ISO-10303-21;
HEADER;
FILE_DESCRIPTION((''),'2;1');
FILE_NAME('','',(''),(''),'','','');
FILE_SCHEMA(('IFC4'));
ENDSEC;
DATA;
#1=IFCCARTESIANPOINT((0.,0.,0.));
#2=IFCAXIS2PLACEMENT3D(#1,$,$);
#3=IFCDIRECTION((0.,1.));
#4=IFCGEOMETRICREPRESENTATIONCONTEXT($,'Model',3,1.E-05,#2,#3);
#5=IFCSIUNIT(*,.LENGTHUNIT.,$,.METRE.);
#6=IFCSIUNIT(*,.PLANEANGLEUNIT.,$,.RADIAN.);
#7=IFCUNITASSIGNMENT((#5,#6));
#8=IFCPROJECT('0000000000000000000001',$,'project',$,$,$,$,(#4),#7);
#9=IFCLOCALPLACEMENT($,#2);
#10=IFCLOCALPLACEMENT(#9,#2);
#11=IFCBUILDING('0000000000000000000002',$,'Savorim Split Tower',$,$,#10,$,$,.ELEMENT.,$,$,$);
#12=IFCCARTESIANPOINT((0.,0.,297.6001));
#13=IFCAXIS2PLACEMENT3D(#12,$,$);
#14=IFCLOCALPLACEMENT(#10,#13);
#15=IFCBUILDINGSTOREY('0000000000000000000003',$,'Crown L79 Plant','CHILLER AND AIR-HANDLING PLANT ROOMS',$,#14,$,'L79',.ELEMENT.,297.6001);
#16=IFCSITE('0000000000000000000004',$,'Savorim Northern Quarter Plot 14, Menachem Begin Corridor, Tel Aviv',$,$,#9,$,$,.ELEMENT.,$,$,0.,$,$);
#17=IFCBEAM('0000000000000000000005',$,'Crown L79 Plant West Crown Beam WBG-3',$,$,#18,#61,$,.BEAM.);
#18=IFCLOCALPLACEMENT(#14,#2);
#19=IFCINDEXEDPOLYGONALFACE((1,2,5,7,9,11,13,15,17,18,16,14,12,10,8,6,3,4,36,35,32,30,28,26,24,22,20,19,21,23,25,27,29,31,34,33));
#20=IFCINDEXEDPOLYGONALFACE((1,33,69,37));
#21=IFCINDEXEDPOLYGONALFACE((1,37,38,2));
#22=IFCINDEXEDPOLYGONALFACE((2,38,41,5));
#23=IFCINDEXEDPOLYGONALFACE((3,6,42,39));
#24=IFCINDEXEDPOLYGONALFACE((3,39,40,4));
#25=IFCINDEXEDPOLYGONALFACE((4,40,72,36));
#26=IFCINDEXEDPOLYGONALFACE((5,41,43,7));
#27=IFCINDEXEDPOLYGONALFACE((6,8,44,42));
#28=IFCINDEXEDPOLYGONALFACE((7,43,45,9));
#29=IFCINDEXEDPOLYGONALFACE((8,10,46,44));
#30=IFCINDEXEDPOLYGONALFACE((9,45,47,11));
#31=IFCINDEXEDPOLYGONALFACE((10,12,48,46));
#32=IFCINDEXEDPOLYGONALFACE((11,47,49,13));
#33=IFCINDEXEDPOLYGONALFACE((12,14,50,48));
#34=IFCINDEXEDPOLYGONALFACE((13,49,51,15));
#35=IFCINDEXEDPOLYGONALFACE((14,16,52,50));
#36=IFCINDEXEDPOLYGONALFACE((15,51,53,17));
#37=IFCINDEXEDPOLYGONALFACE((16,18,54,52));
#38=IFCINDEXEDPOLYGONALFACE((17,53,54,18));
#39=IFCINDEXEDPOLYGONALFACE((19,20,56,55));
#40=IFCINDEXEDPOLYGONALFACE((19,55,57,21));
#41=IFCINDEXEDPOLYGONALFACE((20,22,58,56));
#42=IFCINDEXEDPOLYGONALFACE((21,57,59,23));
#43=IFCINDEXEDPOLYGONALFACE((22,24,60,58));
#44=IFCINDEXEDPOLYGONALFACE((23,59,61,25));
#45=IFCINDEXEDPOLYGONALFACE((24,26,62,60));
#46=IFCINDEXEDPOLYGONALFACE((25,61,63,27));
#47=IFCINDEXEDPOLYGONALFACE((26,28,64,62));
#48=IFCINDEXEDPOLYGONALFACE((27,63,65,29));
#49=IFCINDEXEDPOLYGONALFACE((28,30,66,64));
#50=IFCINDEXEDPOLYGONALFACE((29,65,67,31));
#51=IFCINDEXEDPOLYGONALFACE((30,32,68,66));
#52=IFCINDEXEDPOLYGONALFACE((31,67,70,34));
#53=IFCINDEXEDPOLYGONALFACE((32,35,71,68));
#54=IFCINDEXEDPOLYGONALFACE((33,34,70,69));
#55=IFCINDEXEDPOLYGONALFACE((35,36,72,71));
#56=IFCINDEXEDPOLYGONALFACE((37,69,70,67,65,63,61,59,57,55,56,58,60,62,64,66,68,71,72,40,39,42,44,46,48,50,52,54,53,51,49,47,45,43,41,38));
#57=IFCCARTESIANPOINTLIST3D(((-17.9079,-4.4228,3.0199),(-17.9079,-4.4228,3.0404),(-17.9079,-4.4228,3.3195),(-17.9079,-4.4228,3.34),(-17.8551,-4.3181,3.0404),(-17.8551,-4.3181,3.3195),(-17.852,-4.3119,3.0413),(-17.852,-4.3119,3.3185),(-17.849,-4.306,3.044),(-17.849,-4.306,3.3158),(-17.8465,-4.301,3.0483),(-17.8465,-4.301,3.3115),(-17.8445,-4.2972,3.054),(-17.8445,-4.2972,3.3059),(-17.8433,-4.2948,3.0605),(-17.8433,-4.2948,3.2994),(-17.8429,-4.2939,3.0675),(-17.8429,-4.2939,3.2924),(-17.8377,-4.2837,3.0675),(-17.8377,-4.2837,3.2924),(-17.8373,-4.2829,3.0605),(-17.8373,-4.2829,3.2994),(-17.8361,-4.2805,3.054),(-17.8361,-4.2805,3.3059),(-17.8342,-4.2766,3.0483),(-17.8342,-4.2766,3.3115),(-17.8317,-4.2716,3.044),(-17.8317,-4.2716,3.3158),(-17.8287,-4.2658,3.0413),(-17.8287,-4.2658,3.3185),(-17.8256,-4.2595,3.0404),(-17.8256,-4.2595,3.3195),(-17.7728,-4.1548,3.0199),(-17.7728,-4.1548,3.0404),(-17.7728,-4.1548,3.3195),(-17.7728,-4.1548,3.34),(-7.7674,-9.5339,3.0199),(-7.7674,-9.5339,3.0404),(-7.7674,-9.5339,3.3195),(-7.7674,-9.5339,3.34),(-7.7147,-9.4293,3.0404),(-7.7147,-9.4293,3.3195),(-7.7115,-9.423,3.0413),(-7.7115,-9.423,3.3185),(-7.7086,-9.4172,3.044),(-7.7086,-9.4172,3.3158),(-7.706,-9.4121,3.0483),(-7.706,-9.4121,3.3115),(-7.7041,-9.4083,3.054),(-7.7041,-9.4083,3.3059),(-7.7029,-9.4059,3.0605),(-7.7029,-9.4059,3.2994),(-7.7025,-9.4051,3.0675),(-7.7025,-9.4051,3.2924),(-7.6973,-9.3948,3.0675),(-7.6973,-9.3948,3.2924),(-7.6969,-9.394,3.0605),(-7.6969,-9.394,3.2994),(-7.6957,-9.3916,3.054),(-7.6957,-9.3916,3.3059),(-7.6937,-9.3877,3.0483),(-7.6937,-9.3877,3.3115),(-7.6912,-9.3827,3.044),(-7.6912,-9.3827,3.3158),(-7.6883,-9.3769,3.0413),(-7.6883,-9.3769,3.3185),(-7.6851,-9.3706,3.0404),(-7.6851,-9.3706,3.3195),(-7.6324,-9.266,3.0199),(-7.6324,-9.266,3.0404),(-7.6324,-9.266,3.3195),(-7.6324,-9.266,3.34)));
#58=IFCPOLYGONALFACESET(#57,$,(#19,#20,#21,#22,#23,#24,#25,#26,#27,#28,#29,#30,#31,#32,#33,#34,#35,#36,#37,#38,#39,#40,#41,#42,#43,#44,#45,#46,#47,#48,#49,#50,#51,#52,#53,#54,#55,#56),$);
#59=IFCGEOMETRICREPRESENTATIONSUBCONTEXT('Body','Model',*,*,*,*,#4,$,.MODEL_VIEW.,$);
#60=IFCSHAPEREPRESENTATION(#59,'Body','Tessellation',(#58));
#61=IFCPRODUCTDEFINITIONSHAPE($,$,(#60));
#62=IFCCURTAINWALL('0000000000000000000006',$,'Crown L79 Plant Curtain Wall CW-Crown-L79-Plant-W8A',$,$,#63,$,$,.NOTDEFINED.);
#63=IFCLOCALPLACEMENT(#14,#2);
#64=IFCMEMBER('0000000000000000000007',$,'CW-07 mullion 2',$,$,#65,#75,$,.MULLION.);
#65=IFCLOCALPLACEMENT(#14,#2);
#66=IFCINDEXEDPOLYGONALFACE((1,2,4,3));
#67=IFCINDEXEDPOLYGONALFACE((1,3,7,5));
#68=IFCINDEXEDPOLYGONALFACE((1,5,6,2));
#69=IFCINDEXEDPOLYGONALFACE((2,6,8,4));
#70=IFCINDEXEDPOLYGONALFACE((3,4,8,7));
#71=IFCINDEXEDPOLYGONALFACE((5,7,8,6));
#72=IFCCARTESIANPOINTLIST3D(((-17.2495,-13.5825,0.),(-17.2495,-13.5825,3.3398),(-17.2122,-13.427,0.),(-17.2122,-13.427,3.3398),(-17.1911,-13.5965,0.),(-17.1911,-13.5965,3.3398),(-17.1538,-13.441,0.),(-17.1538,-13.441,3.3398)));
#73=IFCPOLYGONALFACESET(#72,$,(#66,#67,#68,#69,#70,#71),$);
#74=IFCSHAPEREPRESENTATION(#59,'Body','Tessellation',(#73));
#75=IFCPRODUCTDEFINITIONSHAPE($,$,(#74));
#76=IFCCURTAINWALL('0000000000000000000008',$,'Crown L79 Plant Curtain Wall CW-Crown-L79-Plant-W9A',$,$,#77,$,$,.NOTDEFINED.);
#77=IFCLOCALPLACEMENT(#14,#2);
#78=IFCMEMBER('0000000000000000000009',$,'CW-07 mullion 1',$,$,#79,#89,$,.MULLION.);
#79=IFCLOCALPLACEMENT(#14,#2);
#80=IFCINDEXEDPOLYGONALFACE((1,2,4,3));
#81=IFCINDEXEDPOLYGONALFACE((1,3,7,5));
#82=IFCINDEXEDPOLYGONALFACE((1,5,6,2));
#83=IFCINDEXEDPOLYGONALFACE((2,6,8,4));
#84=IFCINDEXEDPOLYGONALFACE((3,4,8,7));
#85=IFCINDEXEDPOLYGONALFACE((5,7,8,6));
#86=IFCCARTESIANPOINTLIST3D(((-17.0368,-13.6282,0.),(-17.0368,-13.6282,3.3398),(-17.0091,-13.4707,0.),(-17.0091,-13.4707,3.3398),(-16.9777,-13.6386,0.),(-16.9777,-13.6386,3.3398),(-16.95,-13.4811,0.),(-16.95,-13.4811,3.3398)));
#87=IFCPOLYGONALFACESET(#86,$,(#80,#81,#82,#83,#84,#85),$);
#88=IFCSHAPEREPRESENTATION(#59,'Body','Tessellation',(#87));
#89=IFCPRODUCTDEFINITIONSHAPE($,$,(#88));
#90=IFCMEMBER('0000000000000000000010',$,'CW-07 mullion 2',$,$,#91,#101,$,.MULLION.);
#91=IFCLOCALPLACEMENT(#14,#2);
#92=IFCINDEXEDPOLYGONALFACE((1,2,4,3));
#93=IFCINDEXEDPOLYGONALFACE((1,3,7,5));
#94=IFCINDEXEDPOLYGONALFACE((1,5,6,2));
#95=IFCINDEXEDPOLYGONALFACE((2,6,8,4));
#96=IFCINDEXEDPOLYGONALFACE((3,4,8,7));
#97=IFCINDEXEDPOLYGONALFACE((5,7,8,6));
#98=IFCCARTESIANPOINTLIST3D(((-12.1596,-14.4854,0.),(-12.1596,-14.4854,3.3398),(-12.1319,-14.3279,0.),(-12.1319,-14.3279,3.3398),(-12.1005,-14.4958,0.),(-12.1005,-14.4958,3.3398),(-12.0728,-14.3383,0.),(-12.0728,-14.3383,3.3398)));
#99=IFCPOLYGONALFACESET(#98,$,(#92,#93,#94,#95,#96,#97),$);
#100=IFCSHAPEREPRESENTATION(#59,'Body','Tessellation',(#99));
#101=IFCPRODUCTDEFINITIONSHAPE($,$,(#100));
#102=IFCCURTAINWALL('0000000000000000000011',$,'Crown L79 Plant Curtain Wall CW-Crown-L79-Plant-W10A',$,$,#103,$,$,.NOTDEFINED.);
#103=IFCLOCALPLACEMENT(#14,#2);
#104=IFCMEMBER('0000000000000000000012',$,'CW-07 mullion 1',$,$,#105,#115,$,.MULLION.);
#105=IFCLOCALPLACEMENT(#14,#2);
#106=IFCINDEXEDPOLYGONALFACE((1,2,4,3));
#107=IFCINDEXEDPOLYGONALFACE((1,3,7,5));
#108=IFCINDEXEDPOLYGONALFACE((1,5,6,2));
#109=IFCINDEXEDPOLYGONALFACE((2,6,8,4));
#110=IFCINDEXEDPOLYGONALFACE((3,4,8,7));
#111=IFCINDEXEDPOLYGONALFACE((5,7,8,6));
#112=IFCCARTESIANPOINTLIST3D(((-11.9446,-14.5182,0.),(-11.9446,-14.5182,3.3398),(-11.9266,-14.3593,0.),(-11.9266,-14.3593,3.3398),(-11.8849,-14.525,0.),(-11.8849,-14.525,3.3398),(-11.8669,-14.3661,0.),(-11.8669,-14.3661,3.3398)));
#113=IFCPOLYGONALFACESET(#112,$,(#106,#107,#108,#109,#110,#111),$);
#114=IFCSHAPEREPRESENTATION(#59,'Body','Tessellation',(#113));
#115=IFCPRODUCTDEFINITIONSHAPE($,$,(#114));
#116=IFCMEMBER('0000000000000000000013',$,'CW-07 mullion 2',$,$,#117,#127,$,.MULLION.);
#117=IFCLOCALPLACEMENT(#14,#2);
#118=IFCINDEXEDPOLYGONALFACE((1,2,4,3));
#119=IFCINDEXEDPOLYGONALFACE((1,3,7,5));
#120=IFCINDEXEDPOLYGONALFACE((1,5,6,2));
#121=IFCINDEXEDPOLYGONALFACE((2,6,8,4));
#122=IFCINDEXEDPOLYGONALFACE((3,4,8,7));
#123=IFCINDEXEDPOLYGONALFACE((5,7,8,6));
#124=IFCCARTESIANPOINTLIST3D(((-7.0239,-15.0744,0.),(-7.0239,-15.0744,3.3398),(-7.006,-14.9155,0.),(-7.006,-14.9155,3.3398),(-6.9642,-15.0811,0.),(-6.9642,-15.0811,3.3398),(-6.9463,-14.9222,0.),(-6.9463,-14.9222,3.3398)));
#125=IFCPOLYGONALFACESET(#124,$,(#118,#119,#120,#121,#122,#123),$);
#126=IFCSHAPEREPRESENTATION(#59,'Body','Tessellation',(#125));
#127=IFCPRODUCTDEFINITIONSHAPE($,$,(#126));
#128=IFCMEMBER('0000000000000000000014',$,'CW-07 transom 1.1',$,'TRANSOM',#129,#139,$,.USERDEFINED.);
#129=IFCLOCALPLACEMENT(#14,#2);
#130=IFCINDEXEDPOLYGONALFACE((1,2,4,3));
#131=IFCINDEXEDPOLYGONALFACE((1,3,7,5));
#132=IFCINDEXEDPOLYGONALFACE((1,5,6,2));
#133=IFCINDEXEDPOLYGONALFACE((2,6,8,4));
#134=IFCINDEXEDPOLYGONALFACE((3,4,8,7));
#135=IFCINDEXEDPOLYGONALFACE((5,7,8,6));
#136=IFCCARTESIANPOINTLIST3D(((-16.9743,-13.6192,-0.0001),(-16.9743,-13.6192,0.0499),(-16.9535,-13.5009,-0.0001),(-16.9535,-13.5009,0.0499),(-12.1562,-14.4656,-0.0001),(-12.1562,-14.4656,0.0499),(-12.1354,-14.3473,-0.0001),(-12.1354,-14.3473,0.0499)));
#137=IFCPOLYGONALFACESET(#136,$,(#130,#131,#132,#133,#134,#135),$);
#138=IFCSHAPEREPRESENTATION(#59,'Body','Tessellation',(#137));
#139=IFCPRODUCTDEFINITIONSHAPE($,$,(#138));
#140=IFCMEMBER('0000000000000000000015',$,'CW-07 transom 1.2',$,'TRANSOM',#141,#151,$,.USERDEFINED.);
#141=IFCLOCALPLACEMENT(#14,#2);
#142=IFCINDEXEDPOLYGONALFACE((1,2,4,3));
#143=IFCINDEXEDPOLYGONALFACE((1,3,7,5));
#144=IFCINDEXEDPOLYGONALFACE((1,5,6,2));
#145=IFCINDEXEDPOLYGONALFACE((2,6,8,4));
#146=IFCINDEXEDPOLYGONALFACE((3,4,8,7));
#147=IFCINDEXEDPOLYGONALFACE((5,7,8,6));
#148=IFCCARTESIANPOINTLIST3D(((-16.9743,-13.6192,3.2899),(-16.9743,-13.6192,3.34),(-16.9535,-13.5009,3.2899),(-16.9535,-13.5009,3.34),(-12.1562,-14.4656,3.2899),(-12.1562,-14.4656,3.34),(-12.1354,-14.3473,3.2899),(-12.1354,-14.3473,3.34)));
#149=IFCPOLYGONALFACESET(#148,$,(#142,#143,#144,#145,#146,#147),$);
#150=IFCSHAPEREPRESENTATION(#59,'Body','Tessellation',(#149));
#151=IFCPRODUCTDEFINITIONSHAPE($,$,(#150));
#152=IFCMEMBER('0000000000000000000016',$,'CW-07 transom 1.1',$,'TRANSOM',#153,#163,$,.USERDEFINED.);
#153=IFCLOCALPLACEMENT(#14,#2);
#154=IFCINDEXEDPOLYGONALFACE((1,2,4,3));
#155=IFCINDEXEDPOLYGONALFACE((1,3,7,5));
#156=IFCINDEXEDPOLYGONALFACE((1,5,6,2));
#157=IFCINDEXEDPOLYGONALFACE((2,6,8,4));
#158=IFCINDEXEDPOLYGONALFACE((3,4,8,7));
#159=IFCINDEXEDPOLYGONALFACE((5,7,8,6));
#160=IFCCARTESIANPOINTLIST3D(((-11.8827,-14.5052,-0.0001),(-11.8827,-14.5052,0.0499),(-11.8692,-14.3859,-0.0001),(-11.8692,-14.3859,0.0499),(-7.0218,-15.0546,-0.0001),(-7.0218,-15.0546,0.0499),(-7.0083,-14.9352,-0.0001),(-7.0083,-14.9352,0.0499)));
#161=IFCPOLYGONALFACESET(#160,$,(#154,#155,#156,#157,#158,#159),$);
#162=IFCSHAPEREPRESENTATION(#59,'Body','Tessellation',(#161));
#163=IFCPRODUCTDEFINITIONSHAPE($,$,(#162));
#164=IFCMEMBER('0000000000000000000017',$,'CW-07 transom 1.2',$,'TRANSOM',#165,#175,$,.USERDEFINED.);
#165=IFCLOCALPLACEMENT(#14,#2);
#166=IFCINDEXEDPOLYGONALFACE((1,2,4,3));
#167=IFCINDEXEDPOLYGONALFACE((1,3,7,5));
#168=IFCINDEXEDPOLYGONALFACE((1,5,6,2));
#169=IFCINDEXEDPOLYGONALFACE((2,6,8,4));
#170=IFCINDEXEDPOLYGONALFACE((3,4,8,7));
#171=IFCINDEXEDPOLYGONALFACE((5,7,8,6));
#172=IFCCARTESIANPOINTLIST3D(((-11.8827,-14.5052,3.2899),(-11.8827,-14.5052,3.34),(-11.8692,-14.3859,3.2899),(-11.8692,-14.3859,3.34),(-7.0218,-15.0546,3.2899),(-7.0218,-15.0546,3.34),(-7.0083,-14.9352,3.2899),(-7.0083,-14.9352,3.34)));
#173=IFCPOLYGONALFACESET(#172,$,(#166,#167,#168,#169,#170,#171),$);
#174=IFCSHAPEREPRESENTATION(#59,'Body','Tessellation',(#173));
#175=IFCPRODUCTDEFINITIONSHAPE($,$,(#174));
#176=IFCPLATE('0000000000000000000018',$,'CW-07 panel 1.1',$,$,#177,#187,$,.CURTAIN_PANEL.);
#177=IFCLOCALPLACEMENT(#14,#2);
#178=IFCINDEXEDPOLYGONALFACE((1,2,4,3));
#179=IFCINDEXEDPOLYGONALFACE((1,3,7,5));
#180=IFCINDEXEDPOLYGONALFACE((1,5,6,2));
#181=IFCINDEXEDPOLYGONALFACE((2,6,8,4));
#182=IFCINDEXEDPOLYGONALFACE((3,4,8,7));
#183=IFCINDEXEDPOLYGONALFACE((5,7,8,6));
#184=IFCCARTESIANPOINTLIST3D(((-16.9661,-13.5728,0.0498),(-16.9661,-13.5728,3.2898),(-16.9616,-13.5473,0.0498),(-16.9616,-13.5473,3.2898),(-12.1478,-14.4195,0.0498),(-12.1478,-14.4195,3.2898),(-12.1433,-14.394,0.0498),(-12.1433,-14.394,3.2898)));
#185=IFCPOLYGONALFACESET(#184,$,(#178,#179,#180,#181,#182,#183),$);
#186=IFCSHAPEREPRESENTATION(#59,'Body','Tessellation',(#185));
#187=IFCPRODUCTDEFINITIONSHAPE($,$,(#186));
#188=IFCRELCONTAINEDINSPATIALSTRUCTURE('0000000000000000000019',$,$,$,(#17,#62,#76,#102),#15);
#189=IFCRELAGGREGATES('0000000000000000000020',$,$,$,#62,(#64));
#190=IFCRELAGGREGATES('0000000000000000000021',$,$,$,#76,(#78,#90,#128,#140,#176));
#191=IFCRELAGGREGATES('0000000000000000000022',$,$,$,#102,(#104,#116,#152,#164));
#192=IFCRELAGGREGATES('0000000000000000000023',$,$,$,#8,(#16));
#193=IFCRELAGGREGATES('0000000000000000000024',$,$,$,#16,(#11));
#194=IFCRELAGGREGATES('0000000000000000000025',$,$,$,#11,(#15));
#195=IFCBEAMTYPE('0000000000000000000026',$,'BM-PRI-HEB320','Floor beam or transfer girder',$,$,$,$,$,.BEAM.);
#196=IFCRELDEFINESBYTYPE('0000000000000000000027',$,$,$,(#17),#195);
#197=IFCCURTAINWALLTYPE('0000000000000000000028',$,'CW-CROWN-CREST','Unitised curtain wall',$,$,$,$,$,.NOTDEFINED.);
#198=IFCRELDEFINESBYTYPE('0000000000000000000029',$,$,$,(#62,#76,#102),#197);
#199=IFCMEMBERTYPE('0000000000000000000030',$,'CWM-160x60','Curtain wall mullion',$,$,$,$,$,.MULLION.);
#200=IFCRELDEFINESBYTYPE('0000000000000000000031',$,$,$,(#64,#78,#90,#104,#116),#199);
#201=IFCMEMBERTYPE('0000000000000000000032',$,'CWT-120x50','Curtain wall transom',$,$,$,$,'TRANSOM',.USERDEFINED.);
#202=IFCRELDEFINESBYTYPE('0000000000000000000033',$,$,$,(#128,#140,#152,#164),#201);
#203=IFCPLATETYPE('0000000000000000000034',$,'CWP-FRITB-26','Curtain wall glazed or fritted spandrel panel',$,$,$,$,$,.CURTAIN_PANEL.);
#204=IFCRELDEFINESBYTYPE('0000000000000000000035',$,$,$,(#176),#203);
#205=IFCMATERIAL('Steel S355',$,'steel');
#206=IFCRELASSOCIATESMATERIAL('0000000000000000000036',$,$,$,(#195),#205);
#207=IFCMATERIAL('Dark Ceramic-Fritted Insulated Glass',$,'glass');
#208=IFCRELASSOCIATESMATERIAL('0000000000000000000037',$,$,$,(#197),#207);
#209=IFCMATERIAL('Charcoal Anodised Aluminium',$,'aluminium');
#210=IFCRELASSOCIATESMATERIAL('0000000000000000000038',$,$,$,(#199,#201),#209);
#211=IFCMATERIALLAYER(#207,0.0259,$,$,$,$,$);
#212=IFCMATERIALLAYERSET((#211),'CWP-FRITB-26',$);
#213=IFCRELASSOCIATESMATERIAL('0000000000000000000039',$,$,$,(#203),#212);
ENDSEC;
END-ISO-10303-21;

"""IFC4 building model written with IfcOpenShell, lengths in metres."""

from ifc_helpers import new_model, si_unit, direction, frame, origin, origin_2d, place, context, subcontext, project, spatial, rectangle, i_section, extrude, material, layer, layer_set, material_profile, profile_set, type_object, element, aggregate, save


model = new_model("IFC4")

# Units and contexts
model_context = context("Model", 3, precision=1e-05, world=origin(), true_north=direction((0.0, 1.0)))
body_context = subcontext(model_context, "Body", "Model", "MODEL_VIEW")
ifc_project = project(units=[si_unit("LENGTHUNIT", "METRE"), si_unit("PLANEANGLEUNIT", "RADIAN")], contexts=[model_context])

# Site, building, storey
site_placement = place(None, origin())
site = spatial("IfcSite", under=ifc_project, at=site_placement, Name="Savorim Northern Quarter Plot 14, Menachem Begin Corridor, Tel Aviv", CompositionType="ELEMENT", RefElevation=0.0)
building_placement = place(site_placement, origin())
building = spatial("IfcBuilding", under=site, at=building_placement, Name="Savorim Split Tower", CompositionType="ELEMENT")
storey_placement = place(building_placement, frame((0.0, 0.0, 297.6001)))
storey = spatial("IfcBuildingStorey", under=building, at=storey_placement, Name="Crown L79 Plant", Description="CHILLER AND AIR-HANDLING PLANT ROOMS", LongName="L79", CompositionType="ELEMENT", Elevation=297.6001)

# Shared definitions
ifc_material_1 = material(Name="Steel S355", Category="steel")

# Beam
ifc_material_profile_1 = material_profile(ifc_material_1, i_section(OverallWidth=0.3, OverallDepth=0.3201, WebThickness=0.0115, FlangeThickness=0.0205, FilletRadius=0.0271, at=origin_2d()), Name="HEB 320")
ifc_profile_set_1 = profile_set([ifc_material_profile_1], Name="Steel S355")
beam_type = type_object("IfcBeamType", Name="BM-PRI-HEB320", Description="Floor beam or transfer girder", PredefinedType="BEAM", material=ifc_profile_set_1)
beam_1_placement = place(storey_placement, frame((-17.8403, -4.2888, 3.1799), z_axis=(0.892982, -0.450092, 0.0), x_axis=(0.450092, 0.892982, 0.0)))
element("IfcBeam", 1, at=beam_1_placement, inside=storey, type_object=beam_type, Name="Crown L79 Plant West Crown Beam WBG-3", PredefinedType="BEAM", context=body_context, shape_type="SweptSolid", body=[
    extrude(i_section(OverallWidth=0.3, OverallDepth=0.3201, WebThickness=0.0115, FlangeThickness=0.0205, FilletRadius=0.0271, at=origin_2d()), origin(), (0.0, 0.0, 1.0), 11.3557),
])

# Curtain wall, member
ifc_material_2 = material(Name="Dark Ceramic-Fritted Insulated Glass", Category="glass")
curtain_wall_type = type_object("IfcCurtainWallType", Name="CW-CROWN-CREST", Description="Unitised curtain wall", PredefinedType="NOTDEFINED", material=ifc_material_2)
curtain_wall_1_placement = place(storey_placement, origin())
curtain_wall_1 = element("IfcCurtainWall", 2, at=curtain_wall_1_placement, inside=storey, type_object=curtain_wall_type, Name="Crown L79 Plant Curtain Wall CW-Crown-L79-Plant-W8A", PredefinedType="NOTDEFINED")
ifc_material_3 = material(Name="Charcoal Anodised Aluminium", Category="aluminium")
ifc_material_profile_2 = material_profile(ifc_material_3, rectangle(XDim=0.1599, YDim=0.0601, at=origin_2d()), Name="ALU-M 160x60")
ifc_profile_set_2 = profile_set([ifc_material_profile_2], Name="Charcoal Anodised Aluminium")
member_type_1 = type_object("IfcMemberType", Name="CWM-160x60", Description="Curtain wall mullion", PredefinedType="MULLION", material=ifc_profile_set_2)
member_1_placement = place(storey_placement, frame((-17.2017, -13.5117, 0.0), z_axis=(0.0, 0.0, 1.0), x_axis=(0.233159, 0.972439, 0.0)))
member_1 = element("IfcMember", 3, at=member_1_placement, type_object=member_type_1, Name="CW-07 mullion 2", PredefinedType="MULLION", context=body_context, shape_type="SweptSolid", body=[
    extrude(rectangle(XDim=0.1599, YDim=0.0601, at=origin_2d()), origin(), (0.0, 0.0, 1.0), 3.3398),
])
aggregate(curtain_wall_1, [member_1])

# Curtain walls, members
curtain_wall_2_placement = place(storey_placement, origin())
curtain_wall_2 = element("IfcCurtainWall", 4, at=curtain_wall_2_placement, inside=storey, type_object=curtain_wall_type, Name="Crown L79 Plant Curtain Wall CW-Crown-L79-Plant-W9A", PredefinedType="NOTDEFINED")
member_2_placement = place(storey_placement, frame((-16.9934, -13.5547, 0.0), z_axis=(0.0, 0.0, 1.0), x_axis=(0.173064, 0.984911, 0.0)))
member_2 = element("IfcMember", 5, at=member_2_placement, type_object=member_type_1, Name="CW-07 mullion 1", PredefinedType="MULLION", context=body_context, shape_type="SweptSolid", body=[
    extrude(rectangle(XDim=0.1599, YDim=0.0601, at=origin_2d()), origin(), (0.0, 0.0, 1.0), 3.3398),
])
member_3_placement = place(storey_placement, frame((-12.1162, -14.4119, 0.0), z_axis=(0.0, 0.0, 1.0), x_axis=(0.173064, 0.984911, 0.0)))
member_3 = element("IfcMember", 6, at=member_3_placement, type_object=member_type_1, Name="CW-07 mullion 2", PredefinedType="MULLION", context=body_context, shape_type="SweptSolid", body=[
    extrude(rectangle(XDim=0.1599, YDim=0.0601, at=origin_2d()), origin(), (0.0, 0.0, 1.0), 3.3398),
])
curtain_wall_3_placement = place(storey_placement, origin())
curtain_wall_3 = element("IfcCurtainWall", 7, at=curtain_wall_3_placement, inside=storey, type_object=curtain_wall_type, Name="Crown L79 Plant Curtain Wall CW-Crown-L79-Plant-W10A", PredefinedType="NOTDEFINED")
member_4_placement = place(storey_placement, frame((-11.9058, -14.4421, 0.0), z_axis=(0.0, 0.0, 1.0), x_axis=(0.112332, 0.993671, 0.0)))
member_4 = element("IfcMember", 8, at=member_4_placement, type_object=member_type_1, Name="CW-07 mullion 1", PredefinedType="MULLION", context=body_context, shape_type="SweptSolid", body=[
    extrude(rectangle(XDim=0.1599, YDim=0.0601, at=origin_2d()), origin(), (0.0, 0.0, 1.0), 3.3398),
])
member_5_placement = place(storey_placement, frame((-6.9851, -14.9983, 0.0), z_axis=(0.0, 0.0, 1.0), x_axis=(0.112332, 0.993671, 0.0)))
member_5 = element("IfcMember", 9, at=member_5_placement, type_object=member_type_1, Name="CW-07 mullion 2", PredefinedType="MULLION", context=body_context, shape_type="SweptSolid", body=[
    extrude(rectangle(XDim=0.1599, YDim=0.0601, at=origin_2d()), origin(), (0.0, 0.0, 1.0), 3.3398),
])

# Members
ifc_material_profile_3 = material_profile(ifc_material_3, rectangle(XDim=0.1201, YDim=0.05, at=origin_2d()), Name="ALU-T 120x50")
ifc_profile_set_3 = profile_set([ifc_material_profile_3], Name="Charcoal Anodised Aluminium")
member_type_2 = type_object("IfcMemberType", Name="CWT-120x50", Description="Curtain wall transom", ElementType="TRANSOM", PredefinedType="USERDEFINED", material=ifc_profile_set_3)
member_6_placement = place(storey_placement, frame((-16.9639, -13.5601, 0.0249), z_axis=(0.984917, -0.173028, 0.0), x_axis=(0.173028, 0.984917, 0.0)))
member_6 = element("IfcMember", 10, at=member_6_placement, type_object=member_type_2, Name="CW-07 transom 1.1", ObjectType="TRANSOM", PredefinedType="USERDEFINED", context=body_context, shape_type="SweptSolid", body=[
    extrude(rectangle(XDim=0.1201, YDim=0.05, at=origin_2d()), origin(), (0.0, 0.0, 1.0), 4.8918),
])
member_7_placement = place(storey_placement, frame((-16.9639, -13.5601, 3.3149), z_axis=(0.984917, -0.173028, 0.0), x_axis=(0.173028, 0.984917, 0.0)))
member_7 = element("IfcMember", 11, at=member_7_placement, type_object=member_type_2, Name="CW-07 transom 1.2", ObjectType="TRANSOM", PredefinedType="USERDEFINED", context=body_context, shape_type="SweptSolid", body=[
    extrude(rectangle(XDim=0.1201, YDim=0.05, at=origin_2d()), origin(), (0.0, 0.0, 1.0), 4.8918),
])
member_8_placement = place(storey_placement, frame((-11.876, -14.4456, 0.0249), z_axis=(0.993675, -0.112294, 0.0), x_axis=(0.112294, 0.993675, 0.0)))
member_8 = element("IfcMember", 12, at=member_8_placement, type_object=member_type_2, Name="CW-07 transom 1.1", ObjectType="TRANSOM", PredefinedType="USERDEFINED", context=body_context, shape_type="SweptSolid", body=[
    extrude(rectangle(XDim=0.1201, YDim=0.05, at=origin_2d()), origin(), (0.0, 0.0, 1.0), 4.8918),
])
member_9_placement = place(storey_placement, frame((-11.876, -14.4456, 3.3149), z_axis=(0.993675, -0.112294, 0.0), x_axis=(0.112294, 0.993675, 0.0)))
member_9 = element("IfcMember", 13, at=member_9_placement, type_object=member_type_2, Name="CW-07 transom 1.2", ObjectType="TRANSOM", PredefinedType="USERDEFINED", context=body_context, shape_type="SweptSolid", body=[
    extrude(rectangle(XDim=0.1201, YDim=0.05, at=origin_2d()), origin(), (0.0, 0.0, 1.0), 4.8918),
])

# Plate
ifc_layer_1 = layer(ifc_material_2, 0.0259)
ifc_layer_set_1 = layer_set([ifc_layer_1], Name="CWP-FRITB-26")
plate_type = type_object("IfcPlateType", Name="CWP-FRITB-26", Description="Curtain wall glazed or fritted spandrel panel", PredefinedType="CURTAIN_PANEL", material=ifc_layer_set_1)
plate_1_placement = place(storey_placement, frame((-14.5547, -13.9834, 0.0498), z_axis=(0.0, 0.0, 1.0), x_axis=(0.984911, -0.173064, 0.0)))
plate_1 = element("IfcPlate", 14, at=plate_1_placement, type_object=plate_type, Name="CW-07 panel 1.1", PredefinedType="CURTAIN_PANEL", context=body_context, shape_type="SweptSolid", body=[
    extrude(rectangle(XDim=4.8921, YDim=0.0259, at=origin_2d()), origin(), (0.0, 0.0, 1.0), 3.24),
])
aggregate(curtain_wall_2, [member_2, member_3, member_6, member_7, plate_1])
aggregate(curtain_wall_3, [member_4, member_5, member_8, member_9])

save(model, "model.ifc")
